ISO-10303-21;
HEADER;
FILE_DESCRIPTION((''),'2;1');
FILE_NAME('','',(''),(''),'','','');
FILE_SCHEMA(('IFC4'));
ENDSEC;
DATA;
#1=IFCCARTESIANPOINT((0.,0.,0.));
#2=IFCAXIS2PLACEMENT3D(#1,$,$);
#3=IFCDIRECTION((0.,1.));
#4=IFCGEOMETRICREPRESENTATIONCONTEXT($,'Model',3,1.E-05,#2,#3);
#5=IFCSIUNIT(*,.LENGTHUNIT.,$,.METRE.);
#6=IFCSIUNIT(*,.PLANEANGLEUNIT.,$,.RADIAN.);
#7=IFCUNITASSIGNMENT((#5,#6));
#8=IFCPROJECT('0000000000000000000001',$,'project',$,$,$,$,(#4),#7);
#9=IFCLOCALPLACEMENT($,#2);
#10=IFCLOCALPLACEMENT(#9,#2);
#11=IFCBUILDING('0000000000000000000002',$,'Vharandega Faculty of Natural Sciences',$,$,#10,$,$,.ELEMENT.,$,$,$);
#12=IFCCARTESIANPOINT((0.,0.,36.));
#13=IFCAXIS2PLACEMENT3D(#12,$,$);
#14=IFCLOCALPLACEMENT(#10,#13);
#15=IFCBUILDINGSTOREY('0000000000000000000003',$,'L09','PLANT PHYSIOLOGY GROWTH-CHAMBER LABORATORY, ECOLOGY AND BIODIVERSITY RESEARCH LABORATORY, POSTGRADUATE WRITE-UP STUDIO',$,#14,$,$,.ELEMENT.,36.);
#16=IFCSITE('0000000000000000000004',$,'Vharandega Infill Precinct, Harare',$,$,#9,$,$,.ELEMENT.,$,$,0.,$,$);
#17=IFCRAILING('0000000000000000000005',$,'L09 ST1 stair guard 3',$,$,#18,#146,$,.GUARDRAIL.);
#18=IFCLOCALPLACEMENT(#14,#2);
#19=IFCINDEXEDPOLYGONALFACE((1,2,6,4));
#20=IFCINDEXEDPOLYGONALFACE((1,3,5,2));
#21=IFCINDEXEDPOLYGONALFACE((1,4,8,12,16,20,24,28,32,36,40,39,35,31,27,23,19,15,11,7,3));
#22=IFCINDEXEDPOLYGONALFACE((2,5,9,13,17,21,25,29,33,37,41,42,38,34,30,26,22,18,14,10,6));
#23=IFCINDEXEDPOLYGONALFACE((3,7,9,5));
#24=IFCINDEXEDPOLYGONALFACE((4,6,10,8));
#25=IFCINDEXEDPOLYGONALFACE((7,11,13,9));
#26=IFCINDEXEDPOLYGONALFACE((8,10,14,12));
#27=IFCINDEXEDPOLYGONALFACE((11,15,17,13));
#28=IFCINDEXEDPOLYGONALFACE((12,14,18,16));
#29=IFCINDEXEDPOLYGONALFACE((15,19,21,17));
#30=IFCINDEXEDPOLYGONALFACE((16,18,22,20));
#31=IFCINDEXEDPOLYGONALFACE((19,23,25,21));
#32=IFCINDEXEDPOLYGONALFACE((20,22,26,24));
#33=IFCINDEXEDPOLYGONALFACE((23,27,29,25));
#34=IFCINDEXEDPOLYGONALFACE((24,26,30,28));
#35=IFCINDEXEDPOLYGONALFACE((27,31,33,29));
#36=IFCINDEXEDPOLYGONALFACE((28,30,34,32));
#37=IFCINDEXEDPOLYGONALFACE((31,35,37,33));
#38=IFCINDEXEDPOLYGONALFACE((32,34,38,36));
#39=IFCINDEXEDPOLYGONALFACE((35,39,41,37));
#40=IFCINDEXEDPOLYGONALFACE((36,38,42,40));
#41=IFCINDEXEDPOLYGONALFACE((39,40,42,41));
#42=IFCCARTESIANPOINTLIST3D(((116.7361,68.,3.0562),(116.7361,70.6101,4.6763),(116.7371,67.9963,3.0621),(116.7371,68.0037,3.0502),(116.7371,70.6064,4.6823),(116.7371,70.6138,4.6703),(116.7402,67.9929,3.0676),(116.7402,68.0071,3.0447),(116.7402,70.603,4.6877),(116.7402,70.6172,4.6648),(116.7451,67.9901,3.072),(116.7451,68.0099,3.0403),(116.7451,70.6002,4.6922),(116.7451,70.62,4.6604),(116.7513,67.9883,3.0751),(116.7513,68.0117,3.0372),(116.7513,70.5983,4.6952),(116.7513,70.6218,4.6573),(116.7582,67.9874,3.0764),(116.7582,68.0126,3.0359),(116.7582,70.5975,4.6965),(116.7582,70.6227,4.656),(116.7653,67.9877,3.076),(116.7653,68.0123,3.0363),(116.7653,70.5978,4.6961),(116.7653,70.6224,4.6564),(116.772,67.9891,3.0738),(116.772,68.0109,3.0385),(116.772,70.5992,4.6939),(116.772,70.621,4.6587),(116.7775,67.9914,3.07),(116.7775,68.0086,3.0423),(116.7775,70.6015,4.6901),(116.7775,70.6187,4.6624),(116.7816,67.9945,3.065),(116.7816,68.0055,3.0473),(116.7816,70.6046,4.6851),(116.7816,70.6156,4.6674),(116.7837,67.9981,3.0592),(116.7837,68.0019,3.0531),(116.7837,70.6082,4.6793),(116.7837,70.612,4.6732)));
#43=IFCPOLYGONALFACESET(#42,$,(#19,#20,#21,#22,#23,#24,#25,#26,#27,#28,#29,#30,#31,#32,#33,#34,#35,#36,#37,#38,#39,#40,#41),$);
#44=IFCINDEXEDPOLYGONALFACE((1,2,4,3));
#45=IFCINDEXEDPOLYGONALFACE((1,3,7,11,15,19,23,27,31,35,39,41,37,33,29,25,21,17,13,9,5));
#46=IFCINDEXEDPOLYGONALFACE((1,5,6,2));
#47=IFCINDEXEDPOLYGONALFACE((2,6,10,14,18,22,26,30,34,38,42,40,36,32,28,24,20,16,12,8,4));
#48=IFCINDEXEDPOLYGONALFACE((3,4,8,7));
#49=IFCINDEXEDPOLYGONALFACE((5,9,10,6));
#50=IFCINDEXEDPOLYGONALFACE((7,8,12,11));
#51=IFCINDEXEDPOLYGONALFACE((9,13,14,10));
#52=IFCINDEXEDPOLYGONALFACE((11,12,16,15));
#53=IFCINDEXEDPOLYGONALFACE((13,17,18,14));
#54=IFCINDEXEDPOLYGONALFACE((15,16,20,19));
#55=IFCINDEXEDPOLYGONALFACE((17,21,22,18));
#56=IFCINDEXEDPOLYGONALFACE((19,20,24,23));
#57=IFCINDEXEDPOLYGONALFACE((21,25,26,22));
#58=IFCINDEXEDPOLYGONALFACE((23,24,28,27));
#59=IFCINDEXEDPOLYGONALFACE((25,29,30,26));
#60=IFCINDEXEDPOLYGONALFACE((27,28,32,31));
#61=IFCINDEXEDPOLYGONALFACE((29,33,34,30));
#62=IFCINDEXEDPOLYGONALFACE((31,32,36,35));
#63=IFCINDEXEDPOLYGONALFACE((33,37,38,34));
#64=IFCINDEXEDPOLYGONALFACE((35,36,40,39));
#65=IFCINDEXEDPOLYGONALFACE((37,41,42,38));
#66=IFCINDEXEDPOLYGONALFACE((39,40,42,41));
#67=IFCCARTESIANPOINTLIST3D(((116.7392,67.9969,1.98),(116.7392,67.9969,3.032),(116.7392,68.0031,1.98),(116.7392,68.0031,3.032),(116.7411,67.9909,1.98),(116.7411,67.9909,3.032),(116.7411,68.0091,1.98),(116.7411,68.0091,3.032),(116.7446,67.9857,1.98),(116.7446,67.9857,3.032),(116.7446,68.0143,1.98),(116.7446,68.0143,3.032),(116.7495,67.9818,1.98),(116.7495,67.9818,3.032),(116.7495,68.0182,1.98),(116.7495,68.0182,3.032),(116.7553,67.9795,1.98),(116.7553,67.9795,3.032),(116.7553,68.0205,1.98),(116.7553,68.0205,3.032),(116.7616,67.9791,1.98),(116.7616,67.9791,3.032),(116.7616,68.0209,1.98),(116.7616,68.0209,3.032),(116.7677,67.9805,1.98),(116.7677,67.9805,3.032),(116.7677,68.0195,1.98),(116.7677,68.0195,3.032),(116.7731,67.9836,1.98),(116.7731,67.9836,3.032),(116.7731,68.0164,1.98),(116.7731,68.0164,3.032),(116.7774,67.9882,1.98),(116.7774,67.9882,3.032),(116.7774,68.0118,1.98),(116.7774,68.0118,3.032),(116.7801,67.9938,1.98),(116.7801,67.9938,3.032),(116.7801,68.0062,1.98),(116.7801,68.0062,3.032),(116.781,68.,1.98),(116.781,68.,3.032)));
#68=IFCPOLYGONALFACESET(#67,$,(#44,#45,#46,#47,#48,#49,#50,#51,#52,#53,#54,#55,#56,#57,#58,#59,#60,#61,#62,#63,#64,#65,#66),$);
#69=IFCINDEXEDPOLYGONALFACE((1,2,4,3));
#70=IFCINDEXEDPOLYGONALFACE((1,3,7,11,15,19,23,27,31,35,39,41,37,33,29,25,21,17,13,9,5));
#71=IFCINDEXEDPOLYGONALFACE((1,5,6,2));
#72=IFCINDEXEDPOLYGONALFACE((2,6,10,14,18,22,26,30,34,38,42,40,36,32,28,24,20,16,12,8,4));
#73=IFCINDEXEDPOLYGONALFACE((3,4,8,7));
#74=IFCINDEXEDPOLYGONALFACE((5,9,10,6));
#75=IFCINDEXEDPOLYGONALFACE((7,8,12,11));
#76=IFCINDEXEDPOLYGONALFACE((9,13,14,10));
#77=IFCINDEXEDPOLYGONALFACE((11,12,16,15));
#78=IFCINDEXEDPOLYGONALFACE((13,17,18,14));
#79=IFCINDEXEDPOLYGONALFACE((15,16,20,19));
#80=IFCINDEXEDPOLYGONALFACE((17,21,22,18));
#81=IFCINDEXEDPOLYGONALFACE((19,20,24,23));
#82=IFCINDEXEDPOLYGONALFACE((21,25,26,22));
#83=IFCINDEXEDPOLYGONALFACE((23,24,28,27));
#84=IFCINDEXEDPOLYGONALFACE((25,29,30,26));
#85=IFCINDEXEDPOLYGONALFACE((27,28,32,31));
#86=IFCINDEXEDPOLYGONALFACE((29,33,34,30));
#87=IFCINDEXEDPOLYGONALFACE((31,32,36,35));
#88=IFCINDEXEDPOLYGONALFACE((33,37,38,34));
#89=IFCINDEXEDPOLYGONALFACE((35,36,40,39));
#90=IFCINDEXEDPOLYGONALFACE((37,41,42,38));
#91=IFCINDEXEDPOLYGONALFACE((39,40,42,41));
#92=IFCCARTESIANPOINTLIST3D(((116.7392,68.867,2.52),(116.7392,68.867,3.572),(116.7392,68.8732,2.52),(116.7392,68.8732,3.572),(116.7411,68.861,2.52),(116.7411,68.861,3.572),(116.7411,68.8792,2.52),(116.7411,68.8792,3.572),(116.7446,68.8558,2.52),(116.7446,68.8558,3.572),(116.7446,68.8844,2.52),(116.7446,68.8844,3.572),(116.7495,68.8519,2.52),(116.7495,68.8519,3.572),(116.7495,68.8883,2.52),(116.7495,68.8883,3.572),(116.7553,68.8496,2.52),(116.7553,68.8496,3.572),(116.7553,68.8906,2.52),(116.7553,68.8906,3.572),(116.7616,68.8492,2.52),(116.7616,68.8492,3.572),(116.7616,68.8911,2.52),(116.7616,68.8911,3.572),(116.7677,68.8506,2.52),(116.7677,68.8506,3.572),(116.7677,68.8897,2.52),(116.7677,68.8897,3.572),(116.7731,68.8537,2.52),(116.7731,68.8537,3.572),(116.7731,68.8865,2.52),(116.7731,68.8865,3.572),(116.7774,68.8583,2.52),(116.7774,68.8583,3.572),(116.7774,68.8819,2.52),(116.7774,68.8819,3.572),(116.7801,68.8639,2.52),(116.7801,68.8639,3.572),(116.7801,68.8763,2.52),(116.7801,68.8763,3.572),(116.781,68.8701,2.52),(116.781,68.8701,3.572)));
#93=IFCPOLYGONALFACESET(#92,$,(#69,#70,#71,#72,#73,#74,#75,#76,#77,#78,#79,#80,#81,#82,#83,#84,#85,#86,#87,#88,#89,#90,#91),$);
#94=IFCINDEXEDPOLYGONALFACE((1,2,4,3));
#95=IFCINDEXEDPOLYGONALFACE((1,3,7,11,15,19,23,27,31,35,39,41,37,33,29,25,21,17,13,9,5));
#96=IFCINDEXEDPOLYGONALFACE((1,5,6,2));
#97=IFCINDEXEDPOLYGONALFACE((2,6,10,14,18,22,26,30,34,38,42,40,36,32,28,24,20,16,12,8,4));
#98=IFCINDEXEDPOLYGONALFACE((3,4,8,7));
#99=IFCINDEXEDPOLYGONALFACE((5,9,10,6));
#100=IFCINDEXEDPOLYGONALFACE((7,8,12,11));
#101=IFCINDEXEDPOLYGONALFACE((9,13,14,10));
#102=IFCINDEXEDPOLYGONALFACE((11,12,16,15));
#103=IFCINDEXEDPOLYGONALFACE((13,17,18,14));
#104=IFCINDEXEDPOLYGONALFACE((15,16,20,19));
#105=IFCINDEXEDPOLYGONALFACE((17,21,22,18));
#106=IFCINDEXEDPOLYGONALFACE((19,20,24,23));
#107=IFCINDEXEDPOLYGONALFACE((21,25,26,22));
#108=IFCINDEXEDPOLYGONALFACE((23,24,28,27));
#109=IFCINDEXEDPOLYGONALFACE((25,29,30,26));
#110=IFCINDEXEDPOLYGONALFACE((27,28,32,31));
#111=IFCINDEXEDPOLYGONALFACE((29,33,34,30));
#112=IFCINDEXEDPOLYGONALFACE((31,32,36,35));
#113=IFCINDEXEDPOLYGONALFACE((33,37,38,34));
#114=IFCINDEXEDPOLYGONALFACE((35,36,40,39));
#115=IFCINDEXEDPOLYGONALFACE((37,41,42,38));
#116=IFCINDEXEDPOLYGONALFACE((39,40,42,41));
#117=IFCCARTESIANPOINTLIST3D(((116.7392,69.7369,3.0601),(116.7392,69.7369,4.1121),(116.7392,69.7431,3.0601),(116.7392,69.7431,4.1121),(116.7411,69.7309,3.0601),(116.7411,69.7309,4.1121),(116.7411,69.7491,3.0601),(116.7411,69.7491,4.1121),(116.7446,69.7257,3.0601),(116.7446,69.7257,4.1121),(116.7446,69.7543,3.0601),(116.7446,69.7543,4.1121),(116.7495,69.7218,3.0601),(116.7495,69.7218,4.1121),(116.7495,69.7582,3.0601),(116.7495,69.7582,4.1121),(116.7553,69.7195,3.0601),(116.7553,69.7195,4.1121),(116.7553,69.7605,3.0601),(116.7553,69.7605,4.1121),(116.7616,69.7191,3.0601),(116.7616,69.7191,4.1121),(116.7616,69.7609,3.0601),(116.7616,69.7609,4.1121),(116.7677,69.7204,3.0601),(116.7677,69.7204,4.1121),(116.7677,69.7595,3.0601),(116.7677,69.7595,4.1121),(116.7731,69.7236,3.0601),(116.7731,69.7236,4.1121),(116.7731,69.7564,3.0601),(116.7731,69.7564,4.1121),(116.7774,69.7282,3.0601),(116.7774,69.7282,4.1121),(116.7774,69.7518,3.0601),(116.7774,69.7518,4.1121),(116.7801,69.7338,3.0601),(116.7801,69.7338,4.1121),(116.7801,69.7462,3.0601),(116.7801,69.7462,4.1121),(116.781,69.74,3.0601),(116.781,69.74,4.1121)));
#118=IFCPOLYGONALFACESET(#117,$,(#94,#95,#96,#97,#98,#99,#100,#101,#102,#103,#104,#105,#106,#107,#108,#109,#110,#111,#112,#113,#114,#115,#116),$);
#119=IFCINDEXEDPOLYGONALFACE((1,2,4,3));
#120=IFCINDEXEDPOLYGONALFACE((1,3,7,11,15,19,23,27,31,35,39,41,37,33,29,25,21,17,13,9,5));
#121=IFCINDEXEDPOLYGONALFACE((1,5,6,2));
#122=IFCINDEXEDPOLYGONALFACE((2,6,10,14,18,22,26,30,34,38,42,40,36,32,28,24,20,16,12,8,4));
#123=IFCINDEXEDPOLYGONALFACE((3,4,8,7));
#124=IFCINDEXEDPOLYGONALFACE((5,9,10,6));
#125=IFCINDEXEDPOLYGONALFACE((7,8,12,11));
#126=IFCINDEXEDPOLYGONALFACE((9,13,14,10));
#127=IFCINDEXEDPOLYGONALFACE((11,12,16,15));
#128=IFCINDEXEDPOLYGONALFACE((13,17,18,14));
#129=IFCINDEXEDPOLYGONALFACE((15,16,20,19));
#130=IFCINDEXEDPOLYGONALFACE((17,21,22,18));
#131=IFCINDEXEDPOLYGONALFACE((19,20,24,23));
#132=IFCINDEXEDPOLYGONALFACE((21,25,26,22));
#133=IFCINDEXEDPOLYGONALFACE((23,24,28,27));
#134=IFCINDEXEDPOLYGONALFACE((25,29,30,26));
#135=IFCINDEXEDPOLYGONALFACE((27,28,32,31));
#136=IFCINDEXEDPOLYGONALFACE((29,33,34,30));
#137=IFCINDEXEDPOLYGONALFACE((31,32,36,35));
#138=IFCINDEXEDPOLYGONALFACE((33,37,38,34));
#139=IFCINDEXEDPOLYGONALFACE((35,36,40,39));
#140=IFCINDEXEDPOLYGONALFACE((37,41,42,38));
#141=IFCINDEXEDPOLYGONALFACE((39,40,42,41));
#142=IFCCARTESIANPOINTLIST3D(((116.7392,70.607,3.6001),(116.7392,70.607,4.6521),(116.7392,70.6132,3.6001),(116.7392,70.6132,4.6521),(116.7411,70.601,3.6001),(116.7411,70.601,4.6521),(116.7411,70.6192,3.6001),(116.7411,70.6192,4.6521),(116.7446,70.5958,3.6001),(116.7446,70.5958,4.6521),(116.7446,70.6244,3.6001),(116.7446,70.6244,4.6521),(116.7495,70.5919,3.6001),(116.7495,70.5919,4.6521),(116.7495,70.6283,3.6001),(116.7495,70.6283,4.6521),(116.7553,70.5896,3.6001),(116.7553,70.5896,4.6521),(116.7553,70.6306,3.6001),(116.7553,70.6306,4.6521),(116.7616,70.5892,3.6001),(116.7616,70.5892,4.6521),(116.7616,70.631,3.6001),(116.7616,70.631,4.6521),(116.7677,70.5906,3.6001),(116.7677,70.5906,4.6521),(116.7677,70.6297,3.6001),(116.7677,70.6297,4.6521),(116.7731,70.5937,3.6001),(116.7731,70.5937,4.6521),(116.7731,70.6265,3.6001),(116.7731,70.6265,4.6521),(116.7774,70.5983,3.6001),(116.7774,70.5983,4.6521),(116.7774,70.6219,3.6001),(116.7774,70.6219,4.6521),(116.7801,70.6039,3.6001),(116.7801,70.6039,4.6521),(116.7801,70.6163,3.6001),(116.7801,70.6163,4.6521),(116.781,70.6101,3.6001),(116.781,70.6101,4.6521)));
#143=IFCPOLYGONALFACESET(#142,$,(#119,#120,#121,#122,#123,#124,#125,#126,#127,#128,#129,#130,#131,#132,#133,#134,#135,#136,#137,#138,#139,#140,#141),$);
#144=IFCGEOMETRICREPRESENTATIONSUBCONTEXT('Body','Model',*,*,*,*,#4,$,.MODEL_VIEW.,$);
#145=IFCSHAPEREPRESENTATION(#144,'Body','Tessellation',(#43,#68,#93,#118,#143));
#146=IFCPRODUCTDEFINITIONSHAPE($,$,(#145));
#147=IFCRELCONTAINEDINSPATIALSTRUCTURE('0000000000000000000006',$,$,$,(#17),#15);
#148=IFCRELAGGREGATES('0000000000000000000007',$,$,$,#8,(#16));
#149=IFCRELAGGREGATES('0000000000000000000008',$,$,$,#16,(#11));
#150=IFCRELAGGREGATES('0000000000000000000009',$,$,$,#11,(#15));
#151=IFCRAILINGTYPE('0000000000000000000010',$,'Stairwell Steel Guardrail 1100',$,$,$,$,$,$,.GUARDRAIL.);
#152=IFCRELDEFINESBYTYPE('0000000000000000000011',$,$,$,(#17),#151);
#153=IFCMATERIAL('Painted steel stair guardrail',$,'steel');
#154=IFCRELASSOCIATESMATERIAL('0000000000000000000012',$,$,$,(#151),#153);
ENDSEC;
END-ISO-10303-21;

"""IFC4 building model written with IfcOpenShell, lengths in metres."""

from ifc_helpers import new_model, si_unit, direction, frame, origin, origin_2d, place, context, subcontext, project, spatial, circle, extrude, material, type_object, element, save


model = new_model("IFC4")

# Units and contexts
model_context = context("Model", 3, precision=1e-05, world=origin(), true_north=direction((0.0, 1.0)))
body_context = subcontext(model_context, "Body", "Model", "MODEL_VIEW")
ifc_project = project(units=[si_unit("LENGTHUNIT", "METRE"), si_unit("PLANEANGLEUNIT", "RADIAN")], contexts=[model_context])

# Site, building, storey
site_placement = place(None, origin())
site = spatial("IfcSite", under=ifc_project, at=site_placement, Name="Vharandega Infill Precinct, Harare", CompositionType="ELEMENT", RefElevation=0.0)
building_placement = place(site_placement, origin())
building = spatial("IfcBuilding", under=site, at=building_placement, Name="Vharandega Faculty of Natural Sciences", CompositionType="ELEMENT")
storey_placement = place(building_placement, frame((0.0, 0.0, 36.0)))
storey = spatial("IfcBuildingStorey", under=building, at=storey_placement, Name="L09", Description="PLANT PHYSIOLOGY GROWTH-CHAMBER LABORATORY, ECOLOGY AND BIODIVERSITY RESEARCH LABORATORY, POSTGRADUATE WRITE-UP STUDIO", CompositionType="ELEMENT", Elevation=36.0)

# Railing
ifc_material_1 = material(Name="Painted steel stair guardrail", Category="steel")
railing_type_1 = type_object("IfcRailingType", Name="Stairwell Steel Guardrail 1100", PredefinedType="GUARDRAIL", material=ifc_material_1)
railing_1_placement = place(storey_placement, frame((116.76, 68.0, 1.98)))
element("IfcRailing", 1, at=railing_1_placement, inside=storey, type_object=railing_type_1, Name="L09 ST1 stair guard 3", PredefinedType="GUARDRAIL", context=body_context, shape_type="SweptSolid", body=[
    extrude(circle(Radius=0.0239, at=origin_2d()), frame((0.0, 0.0, 1.0762), z_axis=(0.0, 0.849633, 0.527375), x_axis=(-1.0, 0.0, 0.0)), (0.0, 0.0, 1.0), 3.072),
    extrude(circle(Radius=0.021, at=origin_2d()), origin(), (0.0, 0.0, 1.0), 1.052),
    extrude(circle(Radius=0.021, at=origin_2d()), frame((0.0, 0.8701, 0.54)), (0.0, 0.0, 1.0), 1.052),
    extrude(circle(Radius=0.021, at=origin_2d()), frame((0.0, 1.74, 1.0801)), (0.0, 0.0, 1.0), 1.052),
    extrude(circle(Radius=0.021, at=origin_2d()), frame((0.0, 2.6101, 1.6201)), (0.0, 0.0, 1.0), 1.052),
])

save(model, "model.ifc")
